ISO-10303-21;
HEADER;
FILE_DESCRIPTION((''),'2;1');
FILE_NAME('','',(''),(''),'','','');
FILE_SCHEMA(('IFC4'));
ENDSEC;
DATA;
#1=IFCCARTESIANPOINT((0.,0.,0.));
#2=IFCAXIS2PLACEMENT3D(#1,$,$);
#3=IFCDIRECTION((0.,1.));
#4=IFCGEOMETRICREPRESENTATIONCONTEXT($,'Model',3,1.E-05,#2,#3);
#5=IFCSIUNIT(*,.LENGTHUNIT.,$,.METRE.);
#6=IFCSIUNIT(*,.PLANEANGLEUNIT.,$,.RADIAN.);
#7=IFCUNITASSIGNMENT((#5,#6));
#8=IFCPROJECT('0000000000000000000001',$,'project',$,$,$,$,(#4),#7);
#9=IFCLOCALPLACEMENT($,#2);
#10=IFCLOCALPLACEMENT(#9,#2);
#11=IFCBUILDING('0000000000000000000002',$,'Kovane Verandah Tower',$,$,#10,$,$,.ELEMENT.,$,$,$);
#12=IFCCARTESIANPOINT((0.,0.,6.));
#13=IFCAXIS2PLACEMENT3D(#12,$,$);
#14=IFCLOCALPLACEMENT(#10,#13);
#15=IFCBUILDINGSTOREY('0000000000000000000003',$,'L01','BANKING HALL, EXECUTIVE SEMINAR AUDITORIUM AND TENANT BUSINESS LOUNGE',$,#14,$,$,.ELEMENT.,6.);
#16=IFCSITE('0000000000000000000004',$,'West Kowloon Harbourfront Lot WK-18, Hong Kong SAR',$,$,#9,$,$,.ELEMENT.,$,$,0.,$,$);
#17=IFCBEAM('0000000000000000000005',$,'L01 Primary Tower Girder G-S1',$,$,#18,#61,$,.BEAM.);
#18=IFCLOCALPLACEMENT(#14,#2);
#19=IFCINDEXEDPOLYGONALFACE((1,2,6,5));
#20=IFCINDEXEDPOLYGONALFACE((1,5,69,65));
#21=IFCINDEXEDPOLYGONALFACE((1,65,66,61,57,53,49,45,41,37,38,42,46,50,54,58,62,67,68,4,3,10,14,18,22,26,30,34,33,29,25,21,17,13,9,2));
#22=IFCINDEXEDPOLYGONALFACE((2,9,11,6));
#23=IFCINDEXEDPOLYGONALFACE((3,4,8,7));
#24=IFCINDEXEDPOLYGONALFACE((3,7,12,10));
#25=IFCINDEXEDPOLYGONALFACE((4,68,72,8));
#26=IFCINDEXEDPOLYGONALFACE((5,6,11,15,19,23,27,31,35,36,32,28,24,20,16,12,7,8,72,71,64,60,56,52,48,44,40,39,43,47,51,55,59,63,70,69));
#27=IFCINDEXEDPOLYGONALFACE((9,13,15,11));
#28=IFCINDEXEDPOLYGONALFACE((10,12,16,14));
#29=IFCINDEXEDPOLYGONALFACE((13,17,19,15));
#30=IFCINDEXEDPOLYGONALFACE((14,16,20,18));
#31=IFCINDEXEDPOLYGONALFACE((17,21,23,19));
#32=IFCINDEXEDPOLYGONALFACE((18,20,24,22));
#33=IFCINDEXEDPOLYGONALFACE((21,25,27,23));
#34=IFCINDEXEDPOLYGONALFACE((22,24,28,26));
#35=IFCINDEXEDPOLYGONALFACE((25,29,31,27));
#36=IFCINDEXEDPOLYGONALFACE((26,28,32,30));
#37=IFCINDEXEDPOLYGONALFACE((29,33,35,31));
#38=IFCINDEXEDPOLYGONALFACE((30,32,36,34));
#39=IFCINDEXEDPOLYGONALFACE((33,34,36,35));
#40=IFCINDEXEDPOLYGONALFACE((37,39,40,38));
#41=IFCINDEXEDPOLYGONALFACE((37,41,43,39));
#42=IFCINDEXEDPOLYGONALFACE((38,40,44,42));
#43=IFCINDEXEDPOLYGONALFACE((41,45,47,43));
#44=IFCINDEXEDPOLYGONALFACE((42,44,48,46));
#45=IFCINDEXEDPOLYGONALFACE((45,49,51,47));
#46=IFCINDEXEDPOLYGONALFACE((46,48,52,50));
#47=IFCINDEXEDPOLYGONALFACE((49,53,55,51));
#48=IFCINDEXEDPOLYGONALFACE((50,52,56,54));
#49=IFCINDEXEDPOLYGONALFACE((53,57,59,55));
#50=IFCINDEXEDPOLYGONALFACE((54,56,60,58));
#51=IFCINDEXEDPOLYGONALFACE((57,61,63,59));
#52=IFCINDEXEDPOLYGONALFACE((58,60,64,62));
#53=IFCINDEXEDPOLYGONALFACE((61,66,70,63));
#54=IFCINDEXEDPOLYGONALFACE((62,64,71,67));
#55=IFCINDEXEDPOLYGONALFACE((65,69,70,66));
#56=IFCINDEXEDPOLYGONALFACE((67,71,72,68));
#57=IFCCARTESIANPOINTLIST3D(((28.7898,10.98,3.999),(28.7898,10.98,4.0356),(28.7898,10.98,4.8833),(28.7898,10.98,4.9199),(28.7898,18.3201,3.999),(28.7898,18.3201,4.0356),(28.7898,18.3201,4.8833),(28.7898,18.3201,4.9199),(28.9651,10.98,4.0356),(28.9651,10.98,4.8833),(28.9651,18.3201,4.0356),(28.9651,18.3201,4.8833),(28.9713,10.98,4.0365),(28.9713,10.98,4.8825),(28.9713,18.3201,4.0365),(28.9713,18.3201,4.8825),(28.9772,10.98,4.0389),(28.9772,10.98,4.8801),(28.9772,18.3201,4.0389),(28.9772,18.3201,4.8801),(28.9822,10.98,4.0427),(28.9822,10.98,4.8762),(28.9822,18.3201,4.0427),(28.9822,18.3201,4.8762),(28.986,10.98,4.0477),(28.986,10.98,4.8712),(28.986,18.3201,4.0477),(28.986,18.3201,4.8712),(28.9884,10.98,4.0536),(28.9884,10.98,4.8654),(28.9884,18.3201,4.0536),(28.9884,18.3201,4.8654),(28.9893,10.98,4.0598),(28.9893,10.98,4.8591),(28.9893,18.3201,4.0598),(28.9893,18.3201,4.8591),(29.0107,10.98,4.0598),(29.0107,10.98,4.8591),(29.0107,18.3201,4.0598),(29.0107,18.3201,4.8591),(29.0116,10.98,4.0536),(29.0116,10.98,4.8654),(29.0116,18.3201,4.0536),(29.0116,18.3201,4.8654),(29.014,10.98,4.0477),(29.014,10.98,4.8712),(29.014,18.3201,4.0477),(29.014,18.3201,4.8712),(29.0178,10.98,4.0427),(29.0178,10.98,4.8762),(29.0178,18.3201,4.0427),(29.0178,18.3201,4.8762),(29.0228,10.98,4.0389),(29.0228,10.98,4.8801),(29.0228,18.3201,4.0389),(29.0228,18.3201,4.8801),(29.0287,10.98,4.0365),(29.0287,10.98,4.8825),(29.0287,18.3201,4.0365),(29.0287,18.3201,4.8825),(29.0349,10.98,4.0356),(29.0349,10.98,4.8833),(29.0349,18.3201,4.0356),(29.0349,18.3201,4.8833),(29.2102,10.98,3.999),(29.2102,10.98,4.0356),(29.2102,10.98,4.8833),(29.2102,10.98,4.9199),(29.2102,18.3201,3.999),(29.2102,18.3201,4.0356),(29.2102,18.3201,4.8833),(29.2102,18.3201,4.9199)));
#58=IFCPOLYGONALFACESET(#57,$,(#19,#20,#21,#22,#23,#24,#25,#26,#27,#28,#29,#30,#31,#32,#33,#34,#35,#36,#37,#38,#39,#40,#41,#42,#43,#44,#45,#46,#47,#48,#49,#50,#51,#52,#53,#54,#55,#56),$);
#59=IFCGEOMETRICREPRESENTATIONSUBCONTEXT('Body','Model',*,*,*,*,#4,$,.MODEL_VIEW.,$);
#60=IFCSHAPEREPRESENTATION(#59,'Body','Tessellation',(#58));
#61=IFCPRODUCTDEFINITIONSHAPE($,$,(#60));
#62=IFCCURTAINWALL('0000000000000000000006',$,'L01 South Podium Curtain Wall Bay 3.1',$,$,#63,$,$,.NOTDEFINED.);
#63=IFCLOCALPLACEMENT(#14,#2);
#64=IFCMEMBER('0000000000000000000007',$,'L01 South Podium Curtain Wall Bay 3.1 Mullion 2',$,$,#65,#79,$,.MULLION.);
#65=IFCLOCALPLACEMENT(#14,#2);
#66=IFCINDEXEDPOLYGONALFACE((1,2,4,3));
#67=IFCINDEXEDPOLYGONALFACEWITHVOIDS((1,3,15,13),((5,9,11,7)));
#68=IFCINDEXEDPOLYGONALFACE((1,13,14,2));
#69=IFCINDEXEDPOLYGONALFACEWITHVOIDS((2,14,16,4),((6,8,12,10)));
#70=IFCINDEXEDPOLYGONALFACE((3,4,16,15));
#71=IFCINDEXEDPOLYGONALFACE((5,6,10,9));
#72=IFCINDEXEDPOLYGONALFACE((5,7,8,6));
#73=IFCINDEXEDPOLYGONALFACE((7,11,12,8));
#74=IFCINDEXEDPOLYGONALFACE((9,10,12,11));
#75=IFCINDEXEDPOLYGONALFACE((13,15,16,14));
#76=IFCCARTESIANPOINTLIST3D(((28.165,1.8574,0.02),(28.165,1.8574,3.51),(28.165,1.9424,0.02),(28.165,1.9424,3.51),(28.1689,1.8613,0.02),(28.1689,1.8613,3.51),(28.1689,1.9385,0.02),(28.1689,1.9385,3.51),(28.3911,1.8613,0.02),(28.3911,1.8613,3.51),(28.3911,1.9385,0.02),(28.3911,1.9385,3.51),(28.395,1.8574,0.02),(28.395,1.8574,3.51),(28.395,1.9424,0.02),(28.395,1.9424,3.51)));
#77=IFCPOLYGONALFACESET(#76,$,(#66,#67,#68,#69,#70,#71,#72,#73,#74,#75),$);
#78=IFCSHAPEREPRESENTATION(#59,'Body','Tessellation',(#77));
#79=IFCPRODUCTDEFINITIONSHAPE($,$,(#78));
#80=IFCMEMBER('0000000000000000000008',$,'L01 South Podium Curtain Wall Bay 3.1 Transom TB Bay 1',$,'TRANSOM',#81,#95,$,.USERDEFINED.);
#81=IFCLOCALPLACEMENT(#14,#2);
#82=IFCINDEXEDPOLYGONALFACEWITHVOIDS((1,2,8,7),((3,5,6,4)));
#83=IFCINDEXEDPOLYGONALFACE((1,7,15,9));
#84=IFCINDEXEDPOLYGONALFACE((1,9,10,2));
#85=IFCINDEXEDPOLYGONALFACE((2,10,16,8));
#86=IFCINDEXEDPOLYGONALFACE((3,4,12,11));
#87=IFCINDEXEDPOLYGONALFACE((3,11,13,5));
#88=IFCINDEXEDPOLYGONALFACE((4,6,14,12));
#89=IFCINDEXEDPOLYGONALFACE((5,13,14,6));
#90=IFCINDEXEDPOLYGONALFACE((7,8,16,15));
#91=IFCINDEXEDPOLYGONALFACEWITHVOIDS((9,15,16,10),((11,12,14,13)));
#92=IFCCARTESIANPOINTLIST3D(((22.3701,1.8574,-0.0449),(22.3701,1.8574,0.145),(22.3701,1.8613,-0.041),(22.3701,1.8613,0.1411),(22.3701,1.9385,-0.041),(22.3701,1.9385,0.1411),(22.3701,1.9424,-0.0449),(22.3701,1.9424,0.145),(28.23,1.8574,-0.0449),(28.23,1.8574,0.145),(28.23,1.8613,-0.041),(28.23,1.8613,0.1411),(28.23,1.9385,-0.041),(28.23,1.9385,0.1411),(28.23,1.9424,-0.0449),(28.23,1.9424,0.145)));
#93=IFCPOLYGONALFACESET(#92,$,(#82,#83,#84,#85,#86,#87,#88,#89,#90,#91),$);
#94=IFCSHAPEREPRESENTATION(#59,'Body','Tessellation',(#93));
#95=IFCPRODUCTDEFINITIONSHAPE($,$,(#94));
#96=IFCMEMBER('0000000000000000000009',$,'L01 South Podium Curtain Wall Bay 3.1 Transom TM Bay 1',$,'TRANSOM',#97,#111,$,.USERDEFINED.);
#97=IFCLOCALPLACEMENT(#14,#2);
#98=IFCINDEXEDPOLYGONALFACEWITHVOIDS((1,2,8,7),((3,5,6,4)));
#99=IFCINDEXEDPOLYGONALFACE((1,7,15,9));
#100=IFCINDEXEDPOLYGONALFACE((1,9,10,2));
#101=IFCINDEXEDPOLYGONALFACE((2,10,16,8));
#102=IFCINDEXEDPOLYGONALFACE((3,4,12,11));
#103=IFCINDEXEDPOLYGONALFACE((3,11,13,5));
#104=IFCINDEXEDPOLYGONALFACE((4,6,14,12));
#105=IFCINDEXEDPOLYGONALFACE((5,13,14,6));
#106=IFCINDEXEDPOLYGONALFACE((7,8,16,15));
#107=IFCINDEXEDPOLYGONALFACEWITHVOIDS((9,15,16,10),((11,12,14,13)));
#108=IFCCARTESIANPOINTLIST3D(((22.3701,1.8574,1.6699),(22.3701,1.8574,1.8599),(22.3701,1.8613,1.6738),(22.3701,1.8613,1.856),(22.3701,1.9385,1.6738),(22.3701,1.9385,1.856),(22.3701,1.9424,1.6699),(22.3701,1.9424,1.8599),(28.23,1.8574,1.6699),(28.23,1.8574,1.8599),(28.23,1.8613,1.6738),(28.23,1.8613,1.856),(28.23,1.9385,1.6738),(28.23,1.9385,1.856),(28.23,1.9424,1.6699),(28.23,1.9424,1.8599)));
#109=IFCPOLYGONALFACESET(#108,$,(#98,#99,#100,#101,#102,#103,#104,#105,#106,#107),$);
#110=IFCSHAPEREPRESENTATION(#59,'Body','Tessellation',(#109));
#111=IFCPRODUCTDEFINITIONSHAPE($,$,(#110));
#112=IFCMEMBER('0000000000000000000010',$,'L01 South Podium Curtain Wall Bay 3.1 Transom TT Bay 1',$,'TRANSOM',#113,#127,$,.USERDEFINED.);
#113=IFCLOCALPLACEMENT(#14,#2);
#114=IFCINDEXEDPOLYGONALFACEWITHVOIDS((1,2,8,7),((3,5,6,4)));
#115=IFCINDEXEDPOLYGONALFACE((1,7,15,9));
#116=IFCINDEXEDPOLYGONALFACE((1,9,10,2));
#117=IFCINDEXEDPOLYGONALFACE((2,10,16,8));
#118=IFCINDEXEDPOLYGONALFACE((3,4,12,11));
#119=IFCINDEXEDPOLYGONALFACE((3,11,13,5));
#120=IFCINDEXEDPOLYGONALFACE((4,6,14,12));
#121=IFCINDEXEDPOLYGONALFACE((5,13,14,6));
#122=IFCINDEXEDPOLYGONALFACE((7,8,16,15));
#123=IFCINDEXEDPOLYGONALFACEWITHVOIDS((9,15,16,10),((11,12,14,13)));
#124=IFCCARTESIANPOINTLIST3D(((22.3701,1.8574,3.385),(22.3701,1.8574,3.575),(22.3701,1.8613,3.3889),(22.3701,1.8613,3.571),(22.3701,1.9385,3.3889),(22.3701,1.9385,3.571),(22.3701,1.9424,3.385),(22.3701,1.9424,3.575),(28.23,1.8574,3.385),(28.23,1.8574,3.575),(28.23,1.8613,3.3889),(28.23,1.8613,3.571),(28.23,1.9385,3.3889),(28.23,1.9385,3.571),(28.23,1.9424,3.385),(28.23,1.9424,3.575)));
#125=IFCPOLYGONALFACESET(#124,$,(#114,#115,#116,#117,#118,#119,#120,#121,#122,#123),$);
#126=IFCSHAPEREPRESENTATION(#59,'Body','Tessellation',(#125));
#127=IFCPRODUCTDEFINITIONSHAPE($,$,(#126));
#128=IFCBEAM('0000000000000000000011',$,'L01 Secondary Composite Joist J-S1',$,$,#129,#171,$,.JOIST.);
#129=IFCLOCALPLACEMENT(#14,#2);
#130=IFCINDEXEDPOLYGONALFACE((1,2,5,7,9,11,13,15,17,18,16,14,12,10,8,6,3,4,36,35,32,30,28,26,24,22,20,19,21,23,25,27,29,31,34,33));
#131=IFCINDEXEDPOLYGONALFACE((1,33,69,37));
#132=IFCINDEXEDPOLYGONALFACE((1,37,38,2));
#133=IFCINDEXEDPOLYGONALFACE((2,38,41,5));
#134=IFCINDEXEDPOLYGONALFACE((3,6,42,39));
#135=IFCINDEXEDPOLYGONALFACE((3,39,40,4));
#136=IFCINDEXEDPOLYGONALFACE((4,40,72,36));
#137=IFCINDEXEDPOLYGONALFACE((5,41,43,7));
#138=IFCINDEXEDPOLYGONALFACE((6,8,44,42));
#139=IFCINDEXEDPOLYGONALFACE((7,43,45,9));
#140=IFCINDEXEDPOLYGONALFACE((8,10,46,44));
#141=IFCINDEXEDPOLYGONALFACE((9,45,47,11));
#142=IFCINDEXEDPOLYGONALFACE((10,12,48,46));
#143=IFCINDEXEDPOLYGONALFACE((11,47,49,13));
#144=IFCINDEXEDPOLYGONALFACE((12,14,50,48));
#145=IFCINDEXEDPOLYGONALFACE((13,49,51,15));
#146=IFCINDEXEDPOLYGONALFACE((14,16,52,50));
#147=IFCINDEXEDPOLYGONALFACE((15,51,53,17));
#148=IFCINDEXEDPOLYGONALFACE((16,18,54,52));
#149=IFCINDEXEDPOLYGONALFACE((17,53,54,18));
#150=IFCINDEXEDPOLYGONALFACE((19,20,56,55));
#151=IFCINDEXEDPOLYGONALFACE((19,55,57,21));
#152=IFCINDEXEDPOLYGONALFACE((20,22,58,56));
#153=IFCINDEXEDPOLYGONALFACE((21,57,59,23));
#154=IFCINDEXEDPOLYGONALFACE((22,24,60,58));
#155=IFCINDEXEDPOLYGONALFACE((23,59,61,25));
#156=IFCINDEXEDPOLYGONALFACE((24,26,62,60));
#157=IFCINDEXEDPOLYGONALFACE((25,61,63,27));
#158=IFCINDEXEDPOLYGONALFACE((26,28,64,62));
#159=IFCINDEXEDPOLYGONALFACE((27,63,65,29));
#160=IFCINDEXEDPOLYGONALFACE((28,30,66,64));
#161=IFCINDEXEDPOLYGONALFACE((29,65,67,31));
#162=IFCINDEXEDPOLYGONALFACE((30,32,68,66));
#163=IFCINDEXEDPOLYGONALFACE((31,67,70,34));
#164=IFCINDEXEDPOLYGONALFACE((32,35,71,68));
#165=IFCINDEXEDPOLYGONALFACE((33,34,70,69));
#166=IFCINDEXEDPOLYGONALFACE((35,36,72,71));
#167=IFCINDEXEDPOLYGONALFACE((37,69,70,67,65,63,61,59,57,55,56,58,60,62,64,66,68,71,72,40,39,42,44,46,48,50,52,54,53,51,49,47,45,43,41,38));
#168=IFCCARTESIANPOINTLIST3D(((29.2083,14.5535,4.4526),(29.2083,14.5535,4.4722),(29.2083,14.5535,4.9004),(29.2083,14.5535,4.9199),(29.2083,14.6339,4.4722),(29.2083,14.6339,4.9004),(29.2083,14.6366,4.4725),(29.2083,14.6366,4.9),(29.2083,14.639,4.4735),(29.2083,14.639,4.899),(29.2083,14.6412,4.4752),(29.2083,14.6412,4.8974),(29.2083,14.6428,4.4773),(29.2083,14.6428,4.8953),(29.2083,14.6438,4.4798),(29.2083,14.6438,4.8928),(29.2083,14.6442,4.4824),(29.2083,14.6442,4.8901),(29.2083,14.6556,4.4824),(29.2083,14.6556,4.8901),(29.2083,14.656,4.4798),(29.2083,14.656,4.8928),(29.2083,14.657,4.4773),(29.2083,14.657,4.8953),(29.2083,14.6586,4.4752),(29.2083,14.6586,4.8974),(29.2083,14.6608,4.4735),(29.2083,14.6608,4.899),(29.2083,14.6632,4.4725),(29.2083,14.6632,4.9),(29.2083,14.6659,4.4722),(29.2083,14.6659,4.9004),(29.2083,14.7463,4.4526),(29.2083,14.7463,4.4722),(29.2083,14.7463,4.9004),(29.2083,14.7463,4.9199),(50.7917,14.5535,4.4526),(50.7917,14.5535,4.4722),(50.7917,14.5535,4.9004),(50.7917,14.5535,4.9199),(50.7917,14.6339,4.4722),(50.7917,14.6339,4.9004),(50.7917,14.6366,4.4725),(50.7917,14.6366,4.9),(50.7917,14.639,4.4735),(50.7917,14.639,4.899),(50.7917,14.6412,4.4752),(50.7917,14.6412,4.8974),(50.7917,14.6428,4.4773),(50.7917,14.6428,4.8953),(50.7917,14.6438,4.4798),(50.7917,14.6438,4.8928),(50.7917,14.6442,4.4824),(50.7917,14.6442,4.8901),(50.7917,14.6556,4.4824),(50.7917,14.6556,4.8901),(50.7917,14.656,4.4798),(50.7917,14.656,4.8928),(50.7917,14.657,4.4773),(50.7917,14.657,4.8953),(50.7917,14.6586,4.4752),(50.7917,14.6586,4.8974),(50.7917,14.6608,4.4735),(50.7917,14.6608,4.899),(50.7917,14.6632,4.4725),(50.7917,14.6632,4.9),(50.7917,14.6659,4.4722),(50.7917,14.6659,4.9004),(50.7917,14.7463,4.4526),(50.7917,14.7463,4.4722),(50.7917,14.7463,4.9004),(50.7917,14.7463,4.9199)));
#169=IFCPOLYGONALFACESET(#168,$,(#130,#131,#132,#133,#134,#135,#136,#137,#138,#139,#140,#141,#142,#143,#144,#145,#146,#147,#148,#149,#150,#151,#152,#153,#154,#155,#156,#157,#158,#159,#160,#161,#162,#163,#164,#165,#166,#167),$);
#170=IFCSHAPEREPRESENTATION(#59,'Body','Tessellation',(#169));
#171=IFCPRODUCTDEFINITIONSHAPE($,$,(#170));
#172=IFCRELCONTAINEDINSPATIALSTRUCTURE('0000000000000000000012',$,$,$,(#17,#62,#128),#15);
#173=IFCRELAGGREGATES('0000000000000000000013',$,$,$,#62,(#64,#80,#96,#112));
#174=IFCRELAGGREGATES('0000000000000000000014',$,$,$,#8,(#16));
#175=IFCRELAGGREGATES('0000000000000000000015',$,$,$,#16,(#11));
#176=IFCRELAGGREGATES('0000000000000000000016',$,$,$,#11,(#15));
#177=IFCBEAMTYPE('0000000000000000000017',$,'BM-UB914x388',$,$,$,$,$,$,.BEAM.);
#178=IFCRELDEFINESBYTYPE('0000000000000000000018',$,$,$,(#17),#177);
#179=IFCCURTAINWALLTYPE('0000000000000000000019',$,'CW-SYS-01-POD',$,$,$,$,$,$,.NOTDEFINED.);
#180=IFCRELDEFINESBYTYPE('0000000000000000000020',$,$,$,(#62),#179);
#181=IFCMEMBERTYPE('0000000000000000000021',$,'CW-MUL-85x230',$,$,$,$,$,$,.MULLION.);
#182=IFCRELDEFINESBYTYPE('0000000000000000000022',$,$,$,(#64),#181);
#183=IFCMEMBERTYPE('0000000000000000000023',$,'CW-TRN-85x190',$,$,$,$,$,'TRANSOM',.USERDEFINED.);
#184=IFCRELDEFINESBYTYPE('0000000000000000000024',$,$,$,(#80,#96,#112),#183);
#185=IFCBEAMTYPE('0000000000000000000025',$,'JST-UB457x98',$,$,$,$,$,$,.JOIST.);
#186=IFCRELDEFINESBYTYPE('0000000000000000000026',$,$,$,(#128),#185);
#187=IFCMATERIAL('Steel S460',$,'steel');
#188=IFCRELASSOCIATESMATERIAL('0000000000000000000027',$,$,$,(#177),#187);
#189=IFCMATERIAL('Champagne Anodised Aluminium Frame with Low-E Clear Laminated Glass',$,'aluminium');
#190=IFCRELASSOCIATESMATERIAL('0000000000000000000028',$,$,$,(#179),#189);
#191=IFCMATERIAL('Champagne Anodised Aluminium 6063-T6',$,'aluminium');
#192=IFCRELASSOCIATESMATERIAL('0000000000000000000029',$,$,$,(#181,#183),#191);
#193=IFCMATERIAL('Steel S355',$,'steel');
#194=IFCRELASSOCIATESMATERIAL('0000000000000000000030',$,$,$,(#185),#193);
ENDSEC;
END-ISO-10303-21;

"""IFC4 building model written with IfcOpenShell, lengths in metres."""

from ifc_helpers import new_model, si_unit, direction, frame, origin, origin_2d, place, context, subcontext, project, spatial, hollow_rectangle, i_section, extrude, material, material_profile, profile_set, type_object, element, aggregate, save


model = new_model("IFC4")

# Units and contexts
model_context = context("Model", 3, precision=1e-05, world=origin(), true_north=direction((0.0, 1.0)))
body_context = subcontext(model_context, "Body", "Model", "MODEL_VIEW")
ifc_project = project(units=[si_unit("LENGTHUNIT", "METRE"), si_unit("PLANEANGLEUNIT", "RADIAN")], contexts=[model_context])

# Site, building, storey
site_placement = place(None, origin())
site = spatial("IfcSite", under=ifc_project, at=site_placement, Name="West Kowloon Harbourfront Lot WK-18, Hong Kong SAR", CompositionType="ELEMENT", RefElevation=0.0)
building_placement = place(site_placement, origin())
building = spatial("IfcBuilding", under=site, at=building_placement, Name="Kovane Verandah Tower", CompositionType="ELEMENT")
storey_placement = place(building_placement, frame((0.0, 0.0, 6.0)))
storey = spatial("IfcBuildingStorey", under=building, at=storey_placement, Name="L01", Description="BANKING HALL, EXECUTIVE SEMINAR AUDITORIUM AND TENANT BUSINESS LOUNGE", CompositionType="ELEMENT", Elevation=6.0)

# Shared definitions
ifc_material_1 = material(Name="Steel S460", Category="steel")

# Beam
ifc_material_profile_1 = material_profile(ifc_material_1, i_section(OverallWidth=0.4204, OverallDepth=0.9209, WebThickness=0.0215, FlangeThickness=0.0366, FilletRadius=0.0242, at=origin_2d()), Name="UB914x419x388")
ifc_profile_set_1 = profile_set([ifc_material_profile_1], Name="Steel S460")
beam_type_1 = type_object("IfcBeamType", Name="BM-UB914x388", PredefinedType="BEAM", material=ifc_profile_set_1)
beam_1_placement = place(storey_placement, frame((29.0, 18.3201, 4.4595), z_axis=(0.0, -1.0, 0.0), x_axis=(1.0, 0.0, 0.0)))
element("IfcBeam", 1, at=beam_1_placement, inside=storey, type_object=beam_type_1, Name="L01 Primary Tower Girder G-S1", PredefinedType="BEAM", context=body_context, shape_type="SweptSolid", body=[
    extrude(i_section(OverallWidth=0.4204, OverallDepth=0.9209, WebThickness=0.0215, FlangeThickness=0.0366, FilletRadius=0.0242, at=origin_2d()), origin(), (0.0, 0.0, 1.0), 7.3401),
])

# Curtain wall, members
ifc_material_2 = material(Name="Champagne Anodised Aluminium Frame with Low-E Clear Laminated Glass", Category="aluminium")
curtain_wall_type = type_object("IfcCurtainWallType", Name="CW-SYS-01-POD", PredefinedType="NOTDEFINED", material=ifc_material_2)
curtain_wall_placement = place(storey_placement, origin())
curtain_wall = element("IfcCurtainWall", 2, at=curtain_wall_placement, inside=storey, type_object=curtain_wall_type, Name="L01 South Podium Curtain Wall Bay 3.1", PredefinedType="NOTDEFINED")
ifc_material_3 = material(Name="Champagne Anodised Aluminium 6063-T6", Category="aluminium")
ifc_material_profile_2 = material_profile(ifc_material_3, hollow_rectangle(XDim=0.085, YDim=0.23, WallThickness=0.0039, at=origin_2d()), Name="AL85x230x4")
ifc_profile_set_2 = profile_set([ifc_material_profile_2], Name="Champagne Anodised Aluminium 6063-T6")
member_type_1 = type_object("IfcMemberType", Name="CW-MUL-85x230", PredefinedType="MULLION", material=ifc_profile_set_2)
member_1_placement = place(storey_placement, frame((28.28, 1.8999, 0.02), z_axis=(0.0, 0.0, 1.0), x_axis=(0.0, -1.0, 0.0)))
member_1 = element("IfcMember", 3, at=member_1_placement, type_object=member_type_1, Name="L01 South Podium Curtain Wall Bay 3.1 Mullion 2", PredefinedType="MULLION", context=body_context, shape_type="SweptSolid", body=[
    extrude(hollow_rectangle(XDim=0.085, YDim=0.23, WallThickness=0.0039, at=origin_2d()), origin(), (0.0, 0.0, 1.0), 3.49),
])
ifc_material_profile_3 = material_profile(ifc_material_3, hollow_rectangle(XDim=0.085, YDim=0.1899, WallThickness=0.0039, at=origin_2d()), Name="AL85x190x4")
ifc_profile_set_3 = profile_set([ifc_material_profile_3], Name="Champagne Anodised Aluminium 6063-T6")
member_type_2 = type_object("IfcMemberType", Name="CW-TRN-85x190", ElementType="TRANSOM", PredefinedType="USERDEFINED", material=ifc_profile_set_3)
member_2_placement = place(storey_placement, frame((22.3701, 1.8999, 0.05), z_axis=(1.0, 0.0, 0.0), x_axis=(0.0, 1.0, 0.0)))
member_2 = element("IfcMember", 4, at=member_2_placement, type_object=member_type_2, Name="L01 South Podium Curtain Wall Bay 3.1 Transom TB Bay 1", ObjectType="TRANSOM", PredefinedType="USERDEFINED", context=body_context, shape_type="SweptSolid", body=[
    extrude(hollow_rectangle(XDim=0.085, YDim=0.1899, WallThickness=0.0039, at=origin_2d()), origin(), (0.0, 0.0, 1.0), 5.8599),
])
member_3_placement = place(storey_placement, frame((22.3701, 1.8999, 1.7649), z_axis=(1.0, 0.0, 0.0), x_axis=(0.0, 1.0, 0.0)))
member_3 = element("IfcMember", 5, at=member_3_placement, type_object=member_type_2, Name="L01 South Podium Curtain Wall Bay 3.1 Transom TM Bay 1", ObjectType="TRANSOM", PredefinedType="USERDEFINED", context=body_context, shape_type="SweptSolid", body=[
    extrude(hollow_rectangle(XDim=0.085, YDim=0.1899, WallThickness=0.0039, at=origin_2d()), origin(), (0.0, 0.0, 1.0), 5.8599),
])
member_4_placement = place(storey_placement, frame((22.3701, 1.8999, 3.48), z_axis=(1.0, 0.0, 0.0), x_axis=(0.0, 1.0, 0.0)))
member_4 = element("IfcMember", 6, at=member_4_placement, type_object=member_type_2, Name="L01 South Podium Curtain Wall Bay 3.1 Transom TT Bay 1", ObjectType="TRANSOM", PredefinedType="USERDEFINED", context=body_context, shape_type="SweptSolid", body=[
    extrude(hollow_rectangle(XDim=0.085, YDim=0.1899, WallThickness=0.0039, at=origin_2d()), origin(), (0.0, 0.0, 1.0), 5.8599),
])

# Beam
ifc_material_4 = material(Name="Steel S355", Category="steel")
ifc_material_profile_4 = material_profile(ifc_material_4, i_section(OverallWidth=0.1929, OverallDepth=0.4673, WebThickness=0.0115, FlangeThickness=0.0195, FilletRadius=0.0103, at=origin_2d()), Name="UB457x191x98")
ifc_profile_set_4 = profile_set([ifc_material_profile_4], Name="Steel S355")
beam_type_2 = type_object("IfcBeamType", Name="JST-UB457x98", PredefinedType="JOIST", material=ifc_profile_set_4)
beam_2_placement = place(storey_placement, frame((29.2083, 14.6499, 4.6863), z_axis=(1.0, 0.0, 0.0), x_axis=(0.0, 1.0, 0.0)))
element("IfcBeam", 7, at=beam_2_placement, inside=storey, type_object=beam_type_2, Name="L01 Secondary Composite Joist J-S1", PredefinedType="JOIST", context=body_context, shape_type="SweptSolid", body=[
    extrude(i_section(OverallWidth=0.1929, OverallDepth=0.4673, WebThickness=0.0115, FlangeThickness=0.0195, FilletRadius=0.0103, at=origin_2d()), origin(), (0.0, 0.0, 1.0), 21.5835),
])

aggregate(curtain_wall, [member_1, member_2, member_3, member_4])

save(model, "model.ifc")
